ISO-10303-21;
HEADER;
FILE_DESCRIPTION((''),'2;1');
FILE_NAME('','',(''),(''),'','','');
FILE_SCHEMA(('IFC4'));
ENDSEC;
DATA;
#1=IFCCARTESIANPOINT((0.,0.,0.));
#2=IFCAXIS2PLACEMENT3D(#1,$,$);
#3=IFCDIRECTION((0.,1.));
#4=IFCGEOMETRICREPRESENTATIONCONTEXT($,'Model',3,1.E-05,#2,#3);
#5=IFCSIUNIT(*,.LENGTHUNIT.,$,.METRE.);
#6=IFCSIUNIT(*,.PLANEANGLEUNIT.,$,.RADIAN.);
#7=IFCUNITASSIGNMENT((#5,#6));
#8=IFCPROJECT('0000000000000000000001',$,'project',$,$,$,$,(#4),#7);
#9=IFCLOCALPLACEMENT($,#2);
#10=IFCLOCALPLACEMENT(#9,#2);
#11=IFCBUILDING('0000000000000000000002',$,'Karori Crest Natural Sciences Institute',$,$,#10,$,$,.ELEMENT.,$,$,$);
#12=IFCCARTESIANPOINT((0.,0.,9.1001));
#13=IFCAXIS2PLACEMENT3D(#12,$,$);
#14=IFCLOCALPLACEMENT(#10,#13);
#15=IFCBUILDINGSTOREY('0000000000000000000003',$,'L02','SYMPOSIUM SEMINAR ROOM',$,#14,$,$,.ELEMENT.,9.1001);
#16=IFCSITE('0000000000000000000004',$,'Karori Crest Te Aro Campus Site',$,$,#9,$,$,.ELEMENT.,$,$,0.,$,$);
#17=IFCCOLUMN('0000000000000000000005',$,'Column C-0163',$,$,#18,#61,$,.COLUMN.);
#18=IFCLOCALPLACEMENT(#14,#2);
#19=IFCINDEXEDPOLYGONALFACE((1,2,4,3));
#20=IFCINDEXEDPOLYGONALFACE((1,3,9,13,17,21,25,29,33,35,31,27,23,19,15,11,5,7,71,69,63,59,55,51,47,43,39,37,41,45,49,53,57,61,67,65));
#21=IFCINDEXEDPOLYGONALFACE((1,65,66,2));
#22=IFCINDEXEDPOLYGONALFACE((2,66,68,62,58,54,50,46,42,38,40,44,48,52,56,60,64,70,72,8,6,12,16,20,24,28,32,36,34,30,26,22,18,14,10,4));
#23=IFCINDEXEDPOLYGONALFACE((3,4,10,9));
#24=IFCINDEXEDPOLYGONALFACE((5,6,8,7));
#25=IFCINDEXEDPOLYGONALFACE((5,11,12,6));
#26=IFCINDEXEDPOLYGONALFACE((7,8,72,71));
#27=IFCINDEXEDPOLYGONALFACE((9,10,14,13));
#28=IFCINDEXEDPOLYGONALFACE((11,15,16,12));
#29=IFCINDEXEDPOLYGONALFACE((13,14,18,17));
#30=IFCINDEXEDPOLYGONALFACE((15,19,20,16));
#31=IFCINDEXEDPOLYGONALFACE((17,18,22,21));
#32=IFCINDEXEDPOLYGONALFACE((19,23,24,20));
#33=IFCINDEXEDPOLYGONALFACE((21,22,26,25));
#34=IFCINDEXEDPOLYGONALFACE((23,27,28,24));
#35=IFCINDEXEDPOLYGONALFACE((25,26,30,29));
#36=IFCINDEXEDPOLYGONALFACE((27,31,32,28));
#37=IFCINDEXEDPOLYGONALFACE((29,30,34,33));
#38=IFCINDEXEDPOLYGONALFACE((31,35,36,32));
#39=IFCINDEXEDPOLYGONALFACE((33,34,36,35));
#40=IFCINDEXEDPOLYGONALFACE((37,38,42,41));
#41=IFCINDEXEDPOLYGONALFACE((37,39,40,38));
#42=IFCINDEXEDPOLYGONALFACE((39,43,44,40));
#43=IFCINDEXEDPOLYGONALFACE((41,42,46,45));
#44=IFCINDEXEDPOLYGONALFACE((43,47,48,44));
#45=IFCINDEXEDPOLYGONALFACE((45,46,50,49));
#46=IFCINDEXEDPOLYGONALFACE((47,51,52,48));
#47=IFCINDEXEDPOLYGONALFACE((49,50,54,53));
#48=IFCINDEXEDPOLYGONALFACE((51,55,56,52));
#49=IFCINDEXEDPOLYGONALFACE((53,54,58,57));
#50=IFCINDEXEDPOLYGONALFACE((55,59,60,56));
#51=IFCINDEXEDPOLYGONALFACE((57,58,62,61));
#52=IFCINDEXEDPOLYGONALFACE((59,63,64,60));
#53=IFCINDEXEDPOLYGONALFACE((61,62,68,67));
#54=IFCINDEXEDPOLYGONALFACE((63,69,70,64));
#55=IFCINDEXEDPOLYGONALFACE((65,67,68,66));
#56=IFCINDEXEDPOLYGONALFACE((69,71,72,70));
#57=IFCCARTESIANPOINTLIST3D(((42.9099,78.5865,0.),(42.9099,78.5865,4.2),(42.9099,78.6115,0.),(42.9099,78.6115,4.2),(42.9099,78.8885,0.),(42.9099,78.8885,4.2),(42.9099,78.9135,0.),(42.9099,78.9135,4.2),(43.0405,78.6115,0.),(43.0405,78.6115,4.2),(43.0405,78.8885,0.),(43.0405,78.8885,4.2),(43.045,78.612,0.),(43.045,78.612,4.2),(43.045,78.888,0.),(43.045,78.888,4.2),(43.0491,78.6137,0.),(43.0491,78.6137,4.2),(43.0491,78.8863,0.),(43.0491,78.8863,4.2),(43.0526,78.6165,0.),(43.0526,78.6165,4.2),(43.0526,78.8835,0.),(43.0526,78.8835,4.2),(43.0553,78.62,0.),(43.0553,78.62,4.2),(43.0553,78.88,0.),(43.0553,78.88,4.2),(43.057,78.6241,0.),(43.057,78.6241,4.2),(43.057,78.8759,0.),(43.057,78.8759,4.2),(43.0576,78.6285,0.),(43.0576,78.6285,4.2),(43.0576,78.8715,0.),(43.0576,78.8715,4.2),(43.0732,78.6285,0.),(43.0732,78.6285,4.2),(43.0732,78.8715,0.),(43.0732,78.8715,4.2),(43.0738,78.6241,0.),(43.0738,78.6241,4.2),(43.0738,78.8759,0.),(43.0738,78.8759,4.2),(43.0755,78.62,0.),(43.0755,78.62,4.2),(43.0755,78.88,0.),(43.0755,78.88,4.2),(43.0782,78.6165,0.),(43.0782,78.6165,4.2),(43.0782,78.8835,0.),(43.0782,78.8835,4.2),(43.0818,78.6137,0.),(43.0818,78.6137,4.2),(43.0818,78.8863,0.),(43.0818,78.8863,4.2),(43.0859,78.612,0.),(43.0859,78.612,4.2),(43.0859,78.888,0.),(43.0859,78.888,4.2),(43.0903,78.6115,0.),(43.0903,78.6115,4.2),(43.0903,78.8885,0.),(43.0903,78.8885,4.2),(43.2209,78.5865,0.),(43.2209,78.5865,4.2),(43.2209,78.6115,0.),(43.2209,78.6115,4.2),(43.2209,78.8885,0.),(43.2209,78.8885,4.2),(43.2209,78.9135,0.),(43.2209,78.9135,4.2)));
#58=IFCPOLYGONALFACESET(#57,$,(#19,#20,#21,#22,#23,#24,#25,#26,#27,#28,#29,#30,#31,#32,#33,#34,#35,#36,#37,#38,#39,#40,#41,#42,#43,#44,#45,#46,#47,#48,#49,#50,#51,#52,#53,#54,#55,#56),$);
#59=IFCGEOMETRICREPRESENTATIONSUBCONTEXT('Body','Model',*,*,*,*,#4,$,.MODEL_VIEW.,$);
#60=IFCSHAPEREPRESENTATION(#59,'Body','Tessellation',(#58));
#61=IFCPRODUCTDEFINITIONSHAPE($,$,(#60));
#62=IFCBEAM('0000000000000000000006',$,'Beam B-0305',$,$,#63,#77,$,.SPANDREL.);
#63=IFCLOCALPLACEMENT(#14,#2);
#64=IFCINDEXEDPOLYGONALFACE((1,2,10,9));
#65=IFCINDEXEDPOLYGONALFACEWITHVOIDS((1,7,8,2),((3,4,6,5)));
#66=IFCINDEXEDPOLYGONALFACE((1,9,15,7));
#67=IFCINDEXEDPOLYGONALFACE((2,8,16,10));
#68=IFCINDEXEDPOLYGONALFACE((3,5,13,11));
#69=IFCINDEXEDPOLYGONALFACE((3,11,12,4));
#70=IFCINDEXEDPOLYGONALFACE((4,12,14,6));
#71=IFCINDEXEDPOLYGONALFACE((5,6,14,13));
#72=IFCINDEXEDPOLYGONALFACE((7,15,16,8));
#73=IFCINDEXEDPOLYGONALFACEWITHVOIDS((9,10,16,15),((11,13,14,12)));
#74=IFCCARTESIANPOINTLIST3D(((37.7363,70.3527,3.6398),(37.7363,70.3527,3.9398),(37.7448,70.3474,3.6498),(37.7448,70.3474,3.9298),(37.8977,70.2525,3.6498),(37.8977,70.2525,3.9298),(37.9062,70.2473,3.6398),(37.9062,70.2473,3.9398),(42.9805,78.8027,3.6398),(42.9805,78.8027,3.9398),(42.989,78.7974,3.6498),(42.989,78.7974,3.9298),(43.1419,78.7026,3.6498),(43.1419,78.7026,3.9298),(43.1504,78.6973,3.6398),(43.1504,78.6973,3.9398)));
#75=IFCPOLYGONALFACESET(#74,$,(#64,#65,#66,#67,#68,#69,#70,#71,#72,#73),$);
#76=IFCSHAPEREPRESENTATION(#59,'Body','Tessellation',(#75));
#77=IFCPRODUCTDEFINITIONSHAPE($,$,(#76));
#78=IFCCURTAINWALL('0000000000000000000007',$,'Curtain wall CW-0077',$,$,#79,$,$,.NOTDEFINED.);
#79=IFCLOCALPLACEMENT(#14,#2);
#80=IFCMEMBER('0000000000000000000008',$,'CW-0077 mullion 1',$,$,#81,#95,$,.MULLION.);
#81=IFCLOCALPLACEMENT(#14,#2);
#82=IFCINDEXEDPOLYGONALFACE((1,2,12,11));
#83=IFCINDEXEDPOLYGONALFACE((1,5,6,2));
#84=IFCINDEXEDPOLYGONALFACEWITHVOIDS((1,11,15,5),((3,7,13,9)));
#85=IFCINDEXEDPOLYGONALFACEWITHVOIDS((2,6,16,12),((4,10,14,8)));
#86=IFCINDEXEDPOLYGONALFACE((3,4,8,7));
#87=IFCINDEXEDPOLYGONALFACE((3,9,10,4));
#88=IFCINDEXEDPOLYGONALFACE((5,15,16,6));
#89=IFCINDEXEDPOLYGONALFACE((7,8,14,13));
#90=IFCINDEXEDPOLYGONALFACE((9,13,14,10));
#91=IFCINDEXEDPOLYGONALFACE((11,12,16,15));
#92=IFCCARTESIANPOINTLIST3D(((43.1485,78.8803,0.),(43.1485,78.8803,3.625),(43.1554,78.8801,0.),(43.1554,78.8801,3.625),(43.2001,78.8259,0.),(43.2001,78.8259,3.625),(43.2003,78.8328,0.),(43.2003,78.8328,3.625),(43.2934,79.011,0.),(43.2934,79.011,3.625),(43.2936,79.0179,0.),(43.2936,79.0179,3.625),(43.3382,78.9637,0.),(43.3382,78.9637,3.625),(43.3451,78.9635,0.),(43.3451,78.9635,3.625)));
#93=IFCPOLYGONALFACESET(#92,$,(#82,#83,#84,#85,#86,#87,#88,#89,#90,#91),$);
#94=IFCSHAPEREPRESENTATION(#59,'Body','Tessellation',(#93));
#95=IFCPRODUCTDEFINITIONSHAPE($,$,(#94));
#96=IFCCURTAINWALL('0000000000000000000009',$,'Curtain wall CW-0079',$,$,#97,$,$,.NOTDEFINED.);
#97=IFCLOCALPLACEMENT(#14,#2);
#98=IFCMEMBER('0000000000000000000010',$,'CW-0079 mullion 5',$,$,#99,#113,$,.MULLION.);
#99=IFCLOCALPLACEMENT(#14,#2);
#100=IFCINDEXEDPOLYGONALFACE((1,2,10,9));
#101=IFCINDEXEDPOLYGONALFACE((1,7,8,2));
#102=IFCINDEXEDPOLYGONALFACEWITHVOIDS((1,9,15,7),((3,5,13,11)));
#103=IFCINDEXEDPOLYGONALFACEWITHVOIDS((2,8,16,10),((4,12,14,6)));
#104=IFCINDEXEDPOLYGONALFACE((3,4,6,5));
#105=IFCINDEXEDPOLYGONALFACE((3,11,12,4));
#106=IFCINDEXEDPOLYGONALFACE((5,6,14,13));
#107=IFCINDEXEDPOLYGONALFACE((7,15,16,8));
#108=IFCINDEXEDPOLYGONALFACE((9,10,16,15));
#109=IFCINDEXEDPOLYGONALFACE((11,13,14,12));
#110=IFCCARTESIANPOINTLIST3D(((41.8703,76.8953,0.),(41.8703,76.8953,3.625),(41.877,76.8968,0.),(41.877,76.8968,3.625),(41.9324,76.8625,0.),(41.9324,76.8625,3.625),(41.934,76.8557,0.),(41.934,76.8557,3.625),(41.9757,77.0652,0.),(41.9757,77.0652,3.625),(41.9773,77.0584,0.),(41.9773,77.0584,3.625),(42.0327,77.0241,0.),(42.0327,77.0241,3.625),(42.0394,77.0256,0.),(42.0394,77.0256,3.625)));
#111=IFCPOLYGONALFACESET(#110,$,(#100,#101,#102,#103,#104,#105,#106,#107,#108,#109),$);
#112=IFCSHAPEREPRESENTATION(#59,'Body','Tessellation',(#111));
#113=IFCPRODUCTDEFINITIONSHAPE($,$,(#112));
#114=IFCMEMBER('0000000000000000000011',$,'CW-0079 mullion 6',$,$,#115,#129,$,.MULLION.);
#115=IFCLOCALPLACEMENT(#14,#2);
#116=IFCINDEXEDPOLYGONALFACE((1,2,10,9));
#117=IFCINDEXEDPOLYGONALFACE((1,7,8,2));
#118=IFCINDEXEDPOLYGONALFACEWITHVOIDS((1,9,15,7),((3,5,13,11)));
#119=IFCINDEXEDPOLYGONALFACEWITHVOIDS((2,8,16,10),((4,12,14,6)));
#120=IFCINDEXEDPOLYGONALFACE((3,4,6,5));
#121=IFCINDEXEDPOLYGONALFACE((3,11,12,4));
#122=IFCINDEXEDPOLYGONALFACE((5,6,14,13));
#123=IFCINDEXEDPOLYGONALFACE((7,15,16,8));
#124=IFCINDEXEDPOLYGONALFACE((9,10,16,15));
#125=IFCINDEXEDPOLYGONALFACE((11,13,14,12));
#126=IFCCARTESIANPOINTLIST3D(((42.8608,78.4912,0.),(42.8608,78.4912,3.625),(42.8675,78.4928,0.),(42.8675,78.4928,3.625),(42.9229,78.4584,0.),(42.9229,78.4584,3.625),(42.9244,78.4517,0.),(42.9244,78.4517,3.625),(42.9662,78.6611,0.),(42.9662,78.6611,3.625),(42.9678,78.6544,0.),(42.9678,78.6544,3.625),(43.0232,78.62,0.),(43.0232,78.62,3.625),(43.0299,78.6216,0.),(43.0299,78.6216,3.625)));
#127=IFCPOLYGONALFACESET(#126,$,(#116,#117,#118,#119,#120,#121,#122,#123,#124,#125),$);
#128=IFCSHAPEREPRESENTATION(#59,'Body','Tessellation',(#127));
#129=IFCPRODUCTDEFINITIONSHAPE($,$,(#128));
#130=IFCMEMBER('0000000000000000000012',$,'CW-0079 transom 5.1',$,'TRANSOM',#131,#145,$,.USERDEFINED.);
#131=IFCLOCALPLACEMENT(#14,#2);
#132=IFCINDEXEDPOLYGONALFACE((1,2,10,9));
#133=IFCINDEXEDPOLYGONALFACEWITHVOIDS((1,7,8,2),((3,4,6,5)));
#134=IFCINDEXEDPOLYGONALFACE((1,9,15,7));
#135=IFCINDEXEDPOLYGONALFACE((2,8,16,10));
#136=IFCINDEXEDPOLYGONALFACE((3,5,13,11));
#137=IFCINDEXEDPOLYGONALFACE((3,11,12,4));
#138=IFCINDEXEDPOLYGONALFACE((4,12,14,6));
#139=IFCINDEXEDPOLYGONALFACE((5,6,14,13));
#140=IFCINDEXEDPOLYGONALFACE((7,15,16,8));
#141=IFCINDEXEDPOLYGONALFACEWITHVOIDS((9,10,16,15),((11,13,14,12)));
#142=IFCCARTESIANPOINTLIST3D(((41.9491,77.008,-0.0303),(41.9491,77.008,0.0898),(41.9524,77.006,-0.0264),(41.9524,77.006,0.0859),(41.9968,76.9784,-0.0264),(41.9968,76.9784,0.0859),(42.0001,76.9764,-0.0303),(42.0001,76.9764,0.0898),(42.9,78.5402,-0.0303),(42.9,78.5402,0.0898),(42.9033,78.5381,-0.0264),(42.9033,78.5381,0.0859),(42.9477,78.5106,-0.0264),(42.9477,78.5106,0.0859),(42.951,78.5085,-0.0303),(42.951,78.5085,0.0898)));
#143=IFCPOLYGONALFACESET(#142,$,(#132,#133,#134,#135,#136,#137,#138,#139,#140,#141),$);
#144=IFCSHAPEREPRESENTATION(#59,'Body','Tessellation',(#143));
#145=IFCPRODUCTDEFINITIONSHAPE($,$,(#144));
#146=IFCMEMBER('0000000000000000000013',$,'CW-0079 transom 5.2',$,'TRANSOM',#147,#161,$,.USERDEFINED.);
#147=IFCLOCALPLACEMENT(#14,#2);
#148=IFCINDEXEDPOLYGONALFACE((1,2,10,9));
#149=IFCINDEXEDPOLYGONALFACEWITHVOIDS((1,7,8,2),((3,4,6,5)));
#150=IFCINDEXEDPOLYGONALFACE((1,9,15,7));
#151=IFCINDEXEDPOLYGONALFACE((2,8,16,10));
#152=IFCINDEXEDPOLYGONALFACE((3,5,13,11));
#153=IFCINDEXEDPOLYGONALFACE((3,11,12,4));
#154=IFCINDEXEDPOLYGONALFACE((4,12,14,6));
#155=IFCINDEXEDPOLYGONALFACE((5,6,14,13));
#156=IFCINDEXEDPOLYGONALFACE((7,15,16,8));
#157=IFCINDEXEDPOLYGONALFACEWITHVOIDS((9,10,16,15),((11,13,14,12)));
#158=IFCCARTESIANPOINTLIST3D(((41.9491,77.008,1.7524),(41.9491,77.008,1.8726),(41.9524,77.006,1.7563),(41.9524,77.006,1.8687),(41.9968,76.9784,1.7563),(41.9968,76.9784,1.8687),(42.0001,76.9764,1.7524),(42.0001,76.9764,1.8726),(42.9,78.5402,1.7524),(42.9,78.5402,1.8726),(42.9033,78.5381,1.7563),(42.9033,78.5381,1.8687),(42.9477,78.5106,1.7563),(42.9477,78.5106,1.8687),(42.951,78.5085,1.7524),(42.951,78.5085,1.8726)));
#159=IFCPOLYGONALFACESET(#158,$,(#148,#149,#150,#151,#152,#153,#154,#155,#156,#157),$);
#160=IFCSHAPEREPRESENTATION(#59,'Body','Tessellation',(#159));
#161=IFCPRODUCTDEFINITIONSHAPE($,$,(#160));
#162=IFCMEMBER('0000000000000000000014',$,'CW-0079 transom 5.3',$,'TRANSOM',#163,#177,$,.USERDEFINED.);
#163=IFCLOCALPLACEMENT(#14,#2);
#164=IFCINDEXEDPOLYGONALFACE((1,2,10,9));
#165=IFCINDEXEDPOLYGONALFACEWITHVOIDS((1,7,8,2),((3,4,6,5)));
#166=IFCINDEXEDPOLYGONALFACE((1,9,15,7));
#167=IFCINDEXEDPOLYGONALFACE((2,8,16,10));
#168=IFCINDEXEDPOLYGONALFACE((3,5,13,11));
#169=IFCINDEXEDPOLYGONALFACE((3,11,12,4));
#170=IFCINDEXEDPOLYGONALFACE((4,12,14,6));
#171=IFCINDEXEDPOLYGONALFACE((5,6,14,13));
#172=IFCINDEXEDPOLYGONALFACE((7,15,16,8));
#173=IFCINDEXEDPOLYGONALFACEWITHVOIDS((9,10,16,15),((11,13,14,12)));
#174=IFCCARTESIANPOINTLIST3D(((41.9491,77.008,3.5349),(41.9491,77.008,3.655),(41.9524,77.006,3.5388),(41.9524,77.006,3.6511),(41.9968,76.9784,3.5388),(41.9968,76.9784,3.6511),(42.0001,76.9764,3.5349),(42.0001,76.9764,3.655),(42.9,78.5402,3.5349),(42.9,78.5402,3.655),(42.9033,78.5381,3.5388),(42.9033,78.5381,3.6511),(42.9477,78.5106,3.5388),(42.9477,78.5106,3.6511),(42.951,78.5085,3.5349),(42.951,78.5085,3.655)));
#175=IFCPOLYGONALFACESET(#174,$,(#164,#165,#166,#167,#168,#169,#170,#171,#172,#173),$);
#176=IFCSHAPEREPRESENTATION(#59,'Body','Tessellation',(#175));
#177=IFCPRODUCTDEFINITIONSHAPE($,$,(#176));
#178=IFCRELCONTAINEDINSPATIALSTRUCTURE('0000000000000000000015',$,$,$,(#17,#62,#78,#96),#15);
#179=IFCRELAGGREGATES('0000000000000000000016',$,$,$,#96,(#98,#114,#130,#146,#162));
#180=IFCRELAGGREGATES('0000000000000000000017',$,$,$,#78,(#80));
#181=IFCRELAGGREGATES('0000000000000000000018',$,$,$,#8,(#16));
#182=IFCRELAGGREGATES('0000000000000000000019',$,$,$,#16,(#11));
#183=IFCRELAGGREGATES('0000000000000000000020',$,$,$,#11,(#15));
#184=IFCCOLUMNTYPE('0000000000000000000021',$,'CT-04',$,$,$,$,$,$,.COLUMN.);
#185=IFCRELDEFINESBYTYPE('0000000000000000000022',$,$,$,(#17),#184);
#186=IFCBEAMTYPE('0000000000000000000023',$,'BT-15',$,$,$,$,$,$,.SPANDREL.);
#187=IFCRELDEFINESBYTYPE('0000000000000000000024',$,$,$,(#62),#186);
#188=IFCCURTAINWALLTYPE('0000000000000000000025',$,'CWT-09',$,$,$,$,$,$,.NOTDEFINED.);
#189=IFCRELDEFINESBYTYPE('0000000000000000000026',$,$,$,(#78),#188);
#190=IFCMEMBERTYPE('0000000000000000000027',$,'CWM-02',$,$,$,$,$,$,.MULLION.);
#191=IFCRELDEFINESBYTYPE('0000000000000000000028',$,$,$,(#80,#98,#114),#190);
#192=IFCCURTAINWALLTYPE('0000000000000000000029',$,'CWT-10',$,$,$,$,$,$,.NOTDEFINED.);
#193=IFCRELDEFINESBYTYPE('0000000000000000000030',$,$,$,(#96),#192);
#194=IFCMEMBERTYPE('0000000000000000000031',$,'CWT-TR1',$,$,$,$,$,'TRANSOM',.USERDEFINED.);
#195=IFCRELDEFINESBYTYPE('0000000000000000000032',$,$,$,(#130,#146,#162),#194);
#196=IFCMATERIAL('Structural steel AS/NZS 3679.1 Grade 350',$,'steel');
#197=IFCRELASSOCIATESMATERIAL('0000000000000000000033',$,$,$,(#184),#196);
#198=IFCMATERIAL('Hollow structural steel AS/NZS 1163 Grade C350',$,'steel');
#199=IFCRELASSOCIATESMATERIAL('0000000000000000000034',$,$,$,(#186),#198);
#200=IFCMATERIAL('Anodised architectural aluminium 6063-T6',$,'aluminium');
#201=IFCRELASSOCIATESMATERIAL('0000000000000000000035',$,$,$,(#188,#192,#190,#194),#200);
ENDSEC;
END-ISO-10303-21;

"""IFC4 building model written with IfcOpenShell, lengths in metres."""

from ifc_helpers import new_model, si_unit, direction, frame, origin, origin_2d, place, context, subcontext, project, spatial, hollow_rectangle, i_section, extrude, material, material_profile, profile_set, type_object, element, aggregate, save


model = new_model("IFC4")

# Units and contexts
model_context = context("Model", 3, precision=1e-05, world=origin(), true_north=direction((0.0, 1.0)))
body_context = subcontext(model_context, "Body", "Model", "MODEL_VIEW")
ifc_project = project(units=[si_unit("LENGTHUNIT", "METRE"), si_unit("PLANEANGLEUNIT", "RADIAN")], contexts=[model_context])

# Site, building, storey
site_placement = place(None, origin())
site = spatial("IfcSite", under=ifc_project, at=site_placement, Name="Karori Crest Te Aro Campus Site", CompositionType="ELEMENT", RefElevation=0.0)
building_placement = place(site_placement, origin())
building = spatial("IfcBuilding", under=site, at=building_placement, Name="Karori Crest Natural Sciences Institute", CompositionType="ELEMENT")
storey_placement = place(building_placement, frame((0.0, 0.0, 9.1001)))
storey = spatial("IfcBuildingStorey", under=building, at=storey_placement, Name="L02", Description="SYMPOSIUM SEMINAR ROOM", CompositionType="ELEMENT", Elevation=9.1001)

# Column
ifc_material_1 = material(Name="Structural steel AS/NZS 3679.1 Grade 350", Category="steel")
ifc_material_profile_1 = material_profile(ifc_material_1, i_section(OverallWidth=0.311, OverallDepth=0.3269, WebThickness=0.0156, FlangeThickness=0.0249, FilletRadius=0.0171, at=origin_2d()), Name="310UC158")
ifc_profile_set_1 = profile_set([ifc_material_profile_1], Name="Structural steel AS/NZS 3679.1 Grade 350")
column_type = type_object("IfcColumnType", Name="CT-04", PredefinedType="COLUMN", material=ifc_profile_set_1)
column_placement = place(storey_placement, frame((43.0654, 78.75, 0.0), z_axis=(0.0, 0.0, 1.0), x_axis=(1.0, 0.0, 0.0)))
element("IfcColumn", 1, at=column_placement, inside=storey, type_object=column_type, Name="Column C-0163", PredefinedType="COLUMN", context=body_context, shape_type="SweptSolid", body=[
    extrude(i_section(OverallWidth=0.311, OverallDepth=0.3269, WebThickness=0.0156, FlangeThickness=0.0249, FilletRadius=0.0171, at=origin_2d()), origin(), (0.0, 0.0, 1.0), 4.2),
])

# Beam
ifc_material_2 = material(Name="Hollow structural steel AS/NZS 1163 Grade C350", Category="steel")
ifc_material_profile_2 = material_profile(ifc_material_2, hollow_rectangle(XDim=0.2, YDim=0.3, WallThickness=0.01, at=origin_2d()), Name="RHS300x200x10")
ifc_profile_set_2 = profile_set([ifc_material_profile_2], Name="Hollow structural steel AS/NZS 1163 Grade C350")
beam_type = type_object("IfcBeamType", Name="BT-15", PredefinedType="SPANDREL", material=ifc_profile_set_2)
beam_placement = place(storey_placement, frame((43.0654, 78.75, 3.7898), z_axis=(-0.527315, -0.84967, 0.0), x_axis=(0.84967, -0.527315, 0.0)))
element("IfcBeam", 2, at=beam_placement, inside=storey, type_object=beam_type, Name="Beam B-0305", PredefinedType="SPANDREL", context=body_context, shape_type="SweptSolid", body=[
    extrude(hollow_rectangle(XDim=0.2, YDim=0.3, WallThickness=0.01, at=origin_2d()), origin(), (0.0, 0.0, 1.0), 9.9451),
])

# Curtain wall, member
ifc_material_3 = material(Name="Anodised architectural aluminium 6063-T6", Category="aluminium")
curtain_wall_type_1 = type_object("IfcCurtainWallType", Name="CWT-09", PredefinedType="NOTDEFINED", material=ifc_material_3)
curtain_wall_1_placement = place(storey_placement, origin())
curtain_wall_1 = element("IfcCurtainWall", 3, at=curtain_wall_1_placement, inside=storey, type_object=curtain_wall_type_1, Name="Curtain wall CW-0077", PredefinedType="NOTDEFINED")
ifc_material_profile_3 = material_profile(ifc_material_3, hollow_rectangle(XDim=0.075, YDim=0.2, WallThickness=0.0049, at=origin_2d()), Name="CWM200x75x5")
ifc_profile_set_3 = profile_set([ifc_material_profile_3], Name="Anodised architectural aluminium 6063-T6")
member_type_1 = type_object("IfcMemberType", Name="CWM-02", PredefinedType="MULLION", material=ifc_profile_set_3)
member_1_placement = place(storey_placement, frame((43.2468, 78.9219, 0.0), z_axis=(0.0, 0.0, 1.0), x_axis=(-0.688251, 0.725473, 0.0)))
member_1 = element("IfcMember", 4, at=member_1_placement, type_object=member_type_1, Name="CW-0077 mullion 1", PredefinedType="MULLION", context=body_context, shape_type="SweptSolid", body=[
    extrude(hollow_rectangle(XDim=0.075, YDim=0.2, WallThickness=0.0049, at=origin_2d()), origin(), (0.0, 0.0, 1.0), 3.625),
])

# Curtain wall, members
curtain_wall_type_2 = type_object("IfcCurtainWallType", Name="CWT-10", PredefinedType="NOTDEFINED", material=ifc_material_3)
curtain_wall_2_placement = place(storey_placement, origin())
curtain_wall_2 = element("IfcCurtainWall", 5, at=curtain_wall_2_placement, inside=storey, type_object=curtain_wall_type_2, Name="Curtain wall CW-0079", PredefinedType="NOTDEFINED")
member_2_placement = place(storey_placement, frame((41.9548, 76.9604, 0.0), z_axis=(0.0, 0.0, 1.0), x_axis=(-0.849662, 0.527328, 0.0)))
member_2 = element("IfcMember", 6, at=member_2_placement, type_object=member_type_1, Name="CW-0079 mullion 5", PredefinedType="MULLION", context=body_context, shape_type="SweptSolid", body=[
    extrude(hollow_rectangle(XDim=0.075, YDim=0.2, WallThickness=0.0049, at=origin_2d()), origin(), (0.0, 0.0, 1.0), 3.625),
])
member_3_placement = place(storey_placement, frame((42.9453, 78.5564, 0.0), z_axis=(0.0, 0.0, 1.0), x_axis=(-0.849662, 0.527328, 0.0)))
member_3 = element("IfcMember", 7, at=member_3_placement, type_object=member_type_1, Name="CW-0079 mullion 6", PredefinedType="MULLION", context=body_context, shape_type="SweptSolid", body=[
    extrude(hollow_rectangle(XDim=0.075, YDim=0.2, WallThickness=0.0049, at=origin_2d()), origin(), (0.0, 0.0, 1.0), 3.625),
])
ifc_material_profile_4 = material_profile(ifc_material_3, hollow_rectangle(XDim=0.0601, YDim=0.1201, WallThickness=0.0039, at=origin_2d()), Name="CWT120x60x4")
ifc_profile_set_4 = profile_set([ifc_material_profile_4], Name="Anodised architectural aluminium 6063-T6")
member_type_2 = type_object("IfcMemberType", Name="CWT-TR1", ElementType="TRANSOM", PredefinedType="USERDEFINED", material=ifc_profile_set_4)
member_4_placement = place(storey_placement, frame((41.9746, 76.9922, 0.0298), z_axis=(0.527319, 0.849667, 0.0), x_axis=(-0.849667, 0.527319, 0.0)))
member_4 = element("IfcMember", 8, at=member_4_placement, type_object=member_type_2, Name="CW-0079 transom 5.1", ObjectType="TRANSOM", PredefinedType="USERDEFINED", context=body_context, shape_type="SweptSolid", body=[
    extrude(hollow_rectangle(XDim=0.0601, YDim=0.1201, WallThickness=0.0039, at=origin_2d()), origin(), (0.0, 0.0, 1.0), 1.8032),
])
member_5_placement = place(storey_placement, frame((41.9746, 76.9922, 1.8125), z_axis=(0.527319, 0.849667, 0.0), x_axis=(-0.849667, 0.527319, 0.0)))
member_5 = element("IfcMember", 9, at=member_5_placement, type_object=member_type_2, Name="CW-0079 transom 5.2", ObjectType="TRANSOM", PredefinedType="USERDEFINED", context=body_context, shape_type="SweptSolid", body=[
    extrude(hollow_rectangle(XDim=0.0601, YDim=0.1201, WallThickness=0.0039, at=origin_2d()), origin(), (0.0, 0.0, 1.0), 1.8032),
])
member_6_placement = place(storey_placement, frame((41.9746, 76.9922, 3.595), z_axis=(0.527319, 0.849667, 0.0), x_axis=(-0.849667, 0.527319, 0.0)))
member_6 = element("IfcMember", 10, at=member_6_placement, type_object=member_type_2, Name="CW-0079 transom 5.3", ObjectType="TRANSOM", PredefinedType="USERDEFINED", context=body_context, shape_type="SweptSolid", body=[
    extrude(hollow_rectangle(XDim=0.0601, YDim=0.1201, WallThickness=0.0039, at=origin_2d()), origin(), (0.0, 0.0, 1.0), 1.8032),
])

aggregate(curtain_wall_2, [member_2, member_3, member_4, member_5, member_6])
aggregate(curtain_wall_1, [member_1])

save(model, "model.ifc")
